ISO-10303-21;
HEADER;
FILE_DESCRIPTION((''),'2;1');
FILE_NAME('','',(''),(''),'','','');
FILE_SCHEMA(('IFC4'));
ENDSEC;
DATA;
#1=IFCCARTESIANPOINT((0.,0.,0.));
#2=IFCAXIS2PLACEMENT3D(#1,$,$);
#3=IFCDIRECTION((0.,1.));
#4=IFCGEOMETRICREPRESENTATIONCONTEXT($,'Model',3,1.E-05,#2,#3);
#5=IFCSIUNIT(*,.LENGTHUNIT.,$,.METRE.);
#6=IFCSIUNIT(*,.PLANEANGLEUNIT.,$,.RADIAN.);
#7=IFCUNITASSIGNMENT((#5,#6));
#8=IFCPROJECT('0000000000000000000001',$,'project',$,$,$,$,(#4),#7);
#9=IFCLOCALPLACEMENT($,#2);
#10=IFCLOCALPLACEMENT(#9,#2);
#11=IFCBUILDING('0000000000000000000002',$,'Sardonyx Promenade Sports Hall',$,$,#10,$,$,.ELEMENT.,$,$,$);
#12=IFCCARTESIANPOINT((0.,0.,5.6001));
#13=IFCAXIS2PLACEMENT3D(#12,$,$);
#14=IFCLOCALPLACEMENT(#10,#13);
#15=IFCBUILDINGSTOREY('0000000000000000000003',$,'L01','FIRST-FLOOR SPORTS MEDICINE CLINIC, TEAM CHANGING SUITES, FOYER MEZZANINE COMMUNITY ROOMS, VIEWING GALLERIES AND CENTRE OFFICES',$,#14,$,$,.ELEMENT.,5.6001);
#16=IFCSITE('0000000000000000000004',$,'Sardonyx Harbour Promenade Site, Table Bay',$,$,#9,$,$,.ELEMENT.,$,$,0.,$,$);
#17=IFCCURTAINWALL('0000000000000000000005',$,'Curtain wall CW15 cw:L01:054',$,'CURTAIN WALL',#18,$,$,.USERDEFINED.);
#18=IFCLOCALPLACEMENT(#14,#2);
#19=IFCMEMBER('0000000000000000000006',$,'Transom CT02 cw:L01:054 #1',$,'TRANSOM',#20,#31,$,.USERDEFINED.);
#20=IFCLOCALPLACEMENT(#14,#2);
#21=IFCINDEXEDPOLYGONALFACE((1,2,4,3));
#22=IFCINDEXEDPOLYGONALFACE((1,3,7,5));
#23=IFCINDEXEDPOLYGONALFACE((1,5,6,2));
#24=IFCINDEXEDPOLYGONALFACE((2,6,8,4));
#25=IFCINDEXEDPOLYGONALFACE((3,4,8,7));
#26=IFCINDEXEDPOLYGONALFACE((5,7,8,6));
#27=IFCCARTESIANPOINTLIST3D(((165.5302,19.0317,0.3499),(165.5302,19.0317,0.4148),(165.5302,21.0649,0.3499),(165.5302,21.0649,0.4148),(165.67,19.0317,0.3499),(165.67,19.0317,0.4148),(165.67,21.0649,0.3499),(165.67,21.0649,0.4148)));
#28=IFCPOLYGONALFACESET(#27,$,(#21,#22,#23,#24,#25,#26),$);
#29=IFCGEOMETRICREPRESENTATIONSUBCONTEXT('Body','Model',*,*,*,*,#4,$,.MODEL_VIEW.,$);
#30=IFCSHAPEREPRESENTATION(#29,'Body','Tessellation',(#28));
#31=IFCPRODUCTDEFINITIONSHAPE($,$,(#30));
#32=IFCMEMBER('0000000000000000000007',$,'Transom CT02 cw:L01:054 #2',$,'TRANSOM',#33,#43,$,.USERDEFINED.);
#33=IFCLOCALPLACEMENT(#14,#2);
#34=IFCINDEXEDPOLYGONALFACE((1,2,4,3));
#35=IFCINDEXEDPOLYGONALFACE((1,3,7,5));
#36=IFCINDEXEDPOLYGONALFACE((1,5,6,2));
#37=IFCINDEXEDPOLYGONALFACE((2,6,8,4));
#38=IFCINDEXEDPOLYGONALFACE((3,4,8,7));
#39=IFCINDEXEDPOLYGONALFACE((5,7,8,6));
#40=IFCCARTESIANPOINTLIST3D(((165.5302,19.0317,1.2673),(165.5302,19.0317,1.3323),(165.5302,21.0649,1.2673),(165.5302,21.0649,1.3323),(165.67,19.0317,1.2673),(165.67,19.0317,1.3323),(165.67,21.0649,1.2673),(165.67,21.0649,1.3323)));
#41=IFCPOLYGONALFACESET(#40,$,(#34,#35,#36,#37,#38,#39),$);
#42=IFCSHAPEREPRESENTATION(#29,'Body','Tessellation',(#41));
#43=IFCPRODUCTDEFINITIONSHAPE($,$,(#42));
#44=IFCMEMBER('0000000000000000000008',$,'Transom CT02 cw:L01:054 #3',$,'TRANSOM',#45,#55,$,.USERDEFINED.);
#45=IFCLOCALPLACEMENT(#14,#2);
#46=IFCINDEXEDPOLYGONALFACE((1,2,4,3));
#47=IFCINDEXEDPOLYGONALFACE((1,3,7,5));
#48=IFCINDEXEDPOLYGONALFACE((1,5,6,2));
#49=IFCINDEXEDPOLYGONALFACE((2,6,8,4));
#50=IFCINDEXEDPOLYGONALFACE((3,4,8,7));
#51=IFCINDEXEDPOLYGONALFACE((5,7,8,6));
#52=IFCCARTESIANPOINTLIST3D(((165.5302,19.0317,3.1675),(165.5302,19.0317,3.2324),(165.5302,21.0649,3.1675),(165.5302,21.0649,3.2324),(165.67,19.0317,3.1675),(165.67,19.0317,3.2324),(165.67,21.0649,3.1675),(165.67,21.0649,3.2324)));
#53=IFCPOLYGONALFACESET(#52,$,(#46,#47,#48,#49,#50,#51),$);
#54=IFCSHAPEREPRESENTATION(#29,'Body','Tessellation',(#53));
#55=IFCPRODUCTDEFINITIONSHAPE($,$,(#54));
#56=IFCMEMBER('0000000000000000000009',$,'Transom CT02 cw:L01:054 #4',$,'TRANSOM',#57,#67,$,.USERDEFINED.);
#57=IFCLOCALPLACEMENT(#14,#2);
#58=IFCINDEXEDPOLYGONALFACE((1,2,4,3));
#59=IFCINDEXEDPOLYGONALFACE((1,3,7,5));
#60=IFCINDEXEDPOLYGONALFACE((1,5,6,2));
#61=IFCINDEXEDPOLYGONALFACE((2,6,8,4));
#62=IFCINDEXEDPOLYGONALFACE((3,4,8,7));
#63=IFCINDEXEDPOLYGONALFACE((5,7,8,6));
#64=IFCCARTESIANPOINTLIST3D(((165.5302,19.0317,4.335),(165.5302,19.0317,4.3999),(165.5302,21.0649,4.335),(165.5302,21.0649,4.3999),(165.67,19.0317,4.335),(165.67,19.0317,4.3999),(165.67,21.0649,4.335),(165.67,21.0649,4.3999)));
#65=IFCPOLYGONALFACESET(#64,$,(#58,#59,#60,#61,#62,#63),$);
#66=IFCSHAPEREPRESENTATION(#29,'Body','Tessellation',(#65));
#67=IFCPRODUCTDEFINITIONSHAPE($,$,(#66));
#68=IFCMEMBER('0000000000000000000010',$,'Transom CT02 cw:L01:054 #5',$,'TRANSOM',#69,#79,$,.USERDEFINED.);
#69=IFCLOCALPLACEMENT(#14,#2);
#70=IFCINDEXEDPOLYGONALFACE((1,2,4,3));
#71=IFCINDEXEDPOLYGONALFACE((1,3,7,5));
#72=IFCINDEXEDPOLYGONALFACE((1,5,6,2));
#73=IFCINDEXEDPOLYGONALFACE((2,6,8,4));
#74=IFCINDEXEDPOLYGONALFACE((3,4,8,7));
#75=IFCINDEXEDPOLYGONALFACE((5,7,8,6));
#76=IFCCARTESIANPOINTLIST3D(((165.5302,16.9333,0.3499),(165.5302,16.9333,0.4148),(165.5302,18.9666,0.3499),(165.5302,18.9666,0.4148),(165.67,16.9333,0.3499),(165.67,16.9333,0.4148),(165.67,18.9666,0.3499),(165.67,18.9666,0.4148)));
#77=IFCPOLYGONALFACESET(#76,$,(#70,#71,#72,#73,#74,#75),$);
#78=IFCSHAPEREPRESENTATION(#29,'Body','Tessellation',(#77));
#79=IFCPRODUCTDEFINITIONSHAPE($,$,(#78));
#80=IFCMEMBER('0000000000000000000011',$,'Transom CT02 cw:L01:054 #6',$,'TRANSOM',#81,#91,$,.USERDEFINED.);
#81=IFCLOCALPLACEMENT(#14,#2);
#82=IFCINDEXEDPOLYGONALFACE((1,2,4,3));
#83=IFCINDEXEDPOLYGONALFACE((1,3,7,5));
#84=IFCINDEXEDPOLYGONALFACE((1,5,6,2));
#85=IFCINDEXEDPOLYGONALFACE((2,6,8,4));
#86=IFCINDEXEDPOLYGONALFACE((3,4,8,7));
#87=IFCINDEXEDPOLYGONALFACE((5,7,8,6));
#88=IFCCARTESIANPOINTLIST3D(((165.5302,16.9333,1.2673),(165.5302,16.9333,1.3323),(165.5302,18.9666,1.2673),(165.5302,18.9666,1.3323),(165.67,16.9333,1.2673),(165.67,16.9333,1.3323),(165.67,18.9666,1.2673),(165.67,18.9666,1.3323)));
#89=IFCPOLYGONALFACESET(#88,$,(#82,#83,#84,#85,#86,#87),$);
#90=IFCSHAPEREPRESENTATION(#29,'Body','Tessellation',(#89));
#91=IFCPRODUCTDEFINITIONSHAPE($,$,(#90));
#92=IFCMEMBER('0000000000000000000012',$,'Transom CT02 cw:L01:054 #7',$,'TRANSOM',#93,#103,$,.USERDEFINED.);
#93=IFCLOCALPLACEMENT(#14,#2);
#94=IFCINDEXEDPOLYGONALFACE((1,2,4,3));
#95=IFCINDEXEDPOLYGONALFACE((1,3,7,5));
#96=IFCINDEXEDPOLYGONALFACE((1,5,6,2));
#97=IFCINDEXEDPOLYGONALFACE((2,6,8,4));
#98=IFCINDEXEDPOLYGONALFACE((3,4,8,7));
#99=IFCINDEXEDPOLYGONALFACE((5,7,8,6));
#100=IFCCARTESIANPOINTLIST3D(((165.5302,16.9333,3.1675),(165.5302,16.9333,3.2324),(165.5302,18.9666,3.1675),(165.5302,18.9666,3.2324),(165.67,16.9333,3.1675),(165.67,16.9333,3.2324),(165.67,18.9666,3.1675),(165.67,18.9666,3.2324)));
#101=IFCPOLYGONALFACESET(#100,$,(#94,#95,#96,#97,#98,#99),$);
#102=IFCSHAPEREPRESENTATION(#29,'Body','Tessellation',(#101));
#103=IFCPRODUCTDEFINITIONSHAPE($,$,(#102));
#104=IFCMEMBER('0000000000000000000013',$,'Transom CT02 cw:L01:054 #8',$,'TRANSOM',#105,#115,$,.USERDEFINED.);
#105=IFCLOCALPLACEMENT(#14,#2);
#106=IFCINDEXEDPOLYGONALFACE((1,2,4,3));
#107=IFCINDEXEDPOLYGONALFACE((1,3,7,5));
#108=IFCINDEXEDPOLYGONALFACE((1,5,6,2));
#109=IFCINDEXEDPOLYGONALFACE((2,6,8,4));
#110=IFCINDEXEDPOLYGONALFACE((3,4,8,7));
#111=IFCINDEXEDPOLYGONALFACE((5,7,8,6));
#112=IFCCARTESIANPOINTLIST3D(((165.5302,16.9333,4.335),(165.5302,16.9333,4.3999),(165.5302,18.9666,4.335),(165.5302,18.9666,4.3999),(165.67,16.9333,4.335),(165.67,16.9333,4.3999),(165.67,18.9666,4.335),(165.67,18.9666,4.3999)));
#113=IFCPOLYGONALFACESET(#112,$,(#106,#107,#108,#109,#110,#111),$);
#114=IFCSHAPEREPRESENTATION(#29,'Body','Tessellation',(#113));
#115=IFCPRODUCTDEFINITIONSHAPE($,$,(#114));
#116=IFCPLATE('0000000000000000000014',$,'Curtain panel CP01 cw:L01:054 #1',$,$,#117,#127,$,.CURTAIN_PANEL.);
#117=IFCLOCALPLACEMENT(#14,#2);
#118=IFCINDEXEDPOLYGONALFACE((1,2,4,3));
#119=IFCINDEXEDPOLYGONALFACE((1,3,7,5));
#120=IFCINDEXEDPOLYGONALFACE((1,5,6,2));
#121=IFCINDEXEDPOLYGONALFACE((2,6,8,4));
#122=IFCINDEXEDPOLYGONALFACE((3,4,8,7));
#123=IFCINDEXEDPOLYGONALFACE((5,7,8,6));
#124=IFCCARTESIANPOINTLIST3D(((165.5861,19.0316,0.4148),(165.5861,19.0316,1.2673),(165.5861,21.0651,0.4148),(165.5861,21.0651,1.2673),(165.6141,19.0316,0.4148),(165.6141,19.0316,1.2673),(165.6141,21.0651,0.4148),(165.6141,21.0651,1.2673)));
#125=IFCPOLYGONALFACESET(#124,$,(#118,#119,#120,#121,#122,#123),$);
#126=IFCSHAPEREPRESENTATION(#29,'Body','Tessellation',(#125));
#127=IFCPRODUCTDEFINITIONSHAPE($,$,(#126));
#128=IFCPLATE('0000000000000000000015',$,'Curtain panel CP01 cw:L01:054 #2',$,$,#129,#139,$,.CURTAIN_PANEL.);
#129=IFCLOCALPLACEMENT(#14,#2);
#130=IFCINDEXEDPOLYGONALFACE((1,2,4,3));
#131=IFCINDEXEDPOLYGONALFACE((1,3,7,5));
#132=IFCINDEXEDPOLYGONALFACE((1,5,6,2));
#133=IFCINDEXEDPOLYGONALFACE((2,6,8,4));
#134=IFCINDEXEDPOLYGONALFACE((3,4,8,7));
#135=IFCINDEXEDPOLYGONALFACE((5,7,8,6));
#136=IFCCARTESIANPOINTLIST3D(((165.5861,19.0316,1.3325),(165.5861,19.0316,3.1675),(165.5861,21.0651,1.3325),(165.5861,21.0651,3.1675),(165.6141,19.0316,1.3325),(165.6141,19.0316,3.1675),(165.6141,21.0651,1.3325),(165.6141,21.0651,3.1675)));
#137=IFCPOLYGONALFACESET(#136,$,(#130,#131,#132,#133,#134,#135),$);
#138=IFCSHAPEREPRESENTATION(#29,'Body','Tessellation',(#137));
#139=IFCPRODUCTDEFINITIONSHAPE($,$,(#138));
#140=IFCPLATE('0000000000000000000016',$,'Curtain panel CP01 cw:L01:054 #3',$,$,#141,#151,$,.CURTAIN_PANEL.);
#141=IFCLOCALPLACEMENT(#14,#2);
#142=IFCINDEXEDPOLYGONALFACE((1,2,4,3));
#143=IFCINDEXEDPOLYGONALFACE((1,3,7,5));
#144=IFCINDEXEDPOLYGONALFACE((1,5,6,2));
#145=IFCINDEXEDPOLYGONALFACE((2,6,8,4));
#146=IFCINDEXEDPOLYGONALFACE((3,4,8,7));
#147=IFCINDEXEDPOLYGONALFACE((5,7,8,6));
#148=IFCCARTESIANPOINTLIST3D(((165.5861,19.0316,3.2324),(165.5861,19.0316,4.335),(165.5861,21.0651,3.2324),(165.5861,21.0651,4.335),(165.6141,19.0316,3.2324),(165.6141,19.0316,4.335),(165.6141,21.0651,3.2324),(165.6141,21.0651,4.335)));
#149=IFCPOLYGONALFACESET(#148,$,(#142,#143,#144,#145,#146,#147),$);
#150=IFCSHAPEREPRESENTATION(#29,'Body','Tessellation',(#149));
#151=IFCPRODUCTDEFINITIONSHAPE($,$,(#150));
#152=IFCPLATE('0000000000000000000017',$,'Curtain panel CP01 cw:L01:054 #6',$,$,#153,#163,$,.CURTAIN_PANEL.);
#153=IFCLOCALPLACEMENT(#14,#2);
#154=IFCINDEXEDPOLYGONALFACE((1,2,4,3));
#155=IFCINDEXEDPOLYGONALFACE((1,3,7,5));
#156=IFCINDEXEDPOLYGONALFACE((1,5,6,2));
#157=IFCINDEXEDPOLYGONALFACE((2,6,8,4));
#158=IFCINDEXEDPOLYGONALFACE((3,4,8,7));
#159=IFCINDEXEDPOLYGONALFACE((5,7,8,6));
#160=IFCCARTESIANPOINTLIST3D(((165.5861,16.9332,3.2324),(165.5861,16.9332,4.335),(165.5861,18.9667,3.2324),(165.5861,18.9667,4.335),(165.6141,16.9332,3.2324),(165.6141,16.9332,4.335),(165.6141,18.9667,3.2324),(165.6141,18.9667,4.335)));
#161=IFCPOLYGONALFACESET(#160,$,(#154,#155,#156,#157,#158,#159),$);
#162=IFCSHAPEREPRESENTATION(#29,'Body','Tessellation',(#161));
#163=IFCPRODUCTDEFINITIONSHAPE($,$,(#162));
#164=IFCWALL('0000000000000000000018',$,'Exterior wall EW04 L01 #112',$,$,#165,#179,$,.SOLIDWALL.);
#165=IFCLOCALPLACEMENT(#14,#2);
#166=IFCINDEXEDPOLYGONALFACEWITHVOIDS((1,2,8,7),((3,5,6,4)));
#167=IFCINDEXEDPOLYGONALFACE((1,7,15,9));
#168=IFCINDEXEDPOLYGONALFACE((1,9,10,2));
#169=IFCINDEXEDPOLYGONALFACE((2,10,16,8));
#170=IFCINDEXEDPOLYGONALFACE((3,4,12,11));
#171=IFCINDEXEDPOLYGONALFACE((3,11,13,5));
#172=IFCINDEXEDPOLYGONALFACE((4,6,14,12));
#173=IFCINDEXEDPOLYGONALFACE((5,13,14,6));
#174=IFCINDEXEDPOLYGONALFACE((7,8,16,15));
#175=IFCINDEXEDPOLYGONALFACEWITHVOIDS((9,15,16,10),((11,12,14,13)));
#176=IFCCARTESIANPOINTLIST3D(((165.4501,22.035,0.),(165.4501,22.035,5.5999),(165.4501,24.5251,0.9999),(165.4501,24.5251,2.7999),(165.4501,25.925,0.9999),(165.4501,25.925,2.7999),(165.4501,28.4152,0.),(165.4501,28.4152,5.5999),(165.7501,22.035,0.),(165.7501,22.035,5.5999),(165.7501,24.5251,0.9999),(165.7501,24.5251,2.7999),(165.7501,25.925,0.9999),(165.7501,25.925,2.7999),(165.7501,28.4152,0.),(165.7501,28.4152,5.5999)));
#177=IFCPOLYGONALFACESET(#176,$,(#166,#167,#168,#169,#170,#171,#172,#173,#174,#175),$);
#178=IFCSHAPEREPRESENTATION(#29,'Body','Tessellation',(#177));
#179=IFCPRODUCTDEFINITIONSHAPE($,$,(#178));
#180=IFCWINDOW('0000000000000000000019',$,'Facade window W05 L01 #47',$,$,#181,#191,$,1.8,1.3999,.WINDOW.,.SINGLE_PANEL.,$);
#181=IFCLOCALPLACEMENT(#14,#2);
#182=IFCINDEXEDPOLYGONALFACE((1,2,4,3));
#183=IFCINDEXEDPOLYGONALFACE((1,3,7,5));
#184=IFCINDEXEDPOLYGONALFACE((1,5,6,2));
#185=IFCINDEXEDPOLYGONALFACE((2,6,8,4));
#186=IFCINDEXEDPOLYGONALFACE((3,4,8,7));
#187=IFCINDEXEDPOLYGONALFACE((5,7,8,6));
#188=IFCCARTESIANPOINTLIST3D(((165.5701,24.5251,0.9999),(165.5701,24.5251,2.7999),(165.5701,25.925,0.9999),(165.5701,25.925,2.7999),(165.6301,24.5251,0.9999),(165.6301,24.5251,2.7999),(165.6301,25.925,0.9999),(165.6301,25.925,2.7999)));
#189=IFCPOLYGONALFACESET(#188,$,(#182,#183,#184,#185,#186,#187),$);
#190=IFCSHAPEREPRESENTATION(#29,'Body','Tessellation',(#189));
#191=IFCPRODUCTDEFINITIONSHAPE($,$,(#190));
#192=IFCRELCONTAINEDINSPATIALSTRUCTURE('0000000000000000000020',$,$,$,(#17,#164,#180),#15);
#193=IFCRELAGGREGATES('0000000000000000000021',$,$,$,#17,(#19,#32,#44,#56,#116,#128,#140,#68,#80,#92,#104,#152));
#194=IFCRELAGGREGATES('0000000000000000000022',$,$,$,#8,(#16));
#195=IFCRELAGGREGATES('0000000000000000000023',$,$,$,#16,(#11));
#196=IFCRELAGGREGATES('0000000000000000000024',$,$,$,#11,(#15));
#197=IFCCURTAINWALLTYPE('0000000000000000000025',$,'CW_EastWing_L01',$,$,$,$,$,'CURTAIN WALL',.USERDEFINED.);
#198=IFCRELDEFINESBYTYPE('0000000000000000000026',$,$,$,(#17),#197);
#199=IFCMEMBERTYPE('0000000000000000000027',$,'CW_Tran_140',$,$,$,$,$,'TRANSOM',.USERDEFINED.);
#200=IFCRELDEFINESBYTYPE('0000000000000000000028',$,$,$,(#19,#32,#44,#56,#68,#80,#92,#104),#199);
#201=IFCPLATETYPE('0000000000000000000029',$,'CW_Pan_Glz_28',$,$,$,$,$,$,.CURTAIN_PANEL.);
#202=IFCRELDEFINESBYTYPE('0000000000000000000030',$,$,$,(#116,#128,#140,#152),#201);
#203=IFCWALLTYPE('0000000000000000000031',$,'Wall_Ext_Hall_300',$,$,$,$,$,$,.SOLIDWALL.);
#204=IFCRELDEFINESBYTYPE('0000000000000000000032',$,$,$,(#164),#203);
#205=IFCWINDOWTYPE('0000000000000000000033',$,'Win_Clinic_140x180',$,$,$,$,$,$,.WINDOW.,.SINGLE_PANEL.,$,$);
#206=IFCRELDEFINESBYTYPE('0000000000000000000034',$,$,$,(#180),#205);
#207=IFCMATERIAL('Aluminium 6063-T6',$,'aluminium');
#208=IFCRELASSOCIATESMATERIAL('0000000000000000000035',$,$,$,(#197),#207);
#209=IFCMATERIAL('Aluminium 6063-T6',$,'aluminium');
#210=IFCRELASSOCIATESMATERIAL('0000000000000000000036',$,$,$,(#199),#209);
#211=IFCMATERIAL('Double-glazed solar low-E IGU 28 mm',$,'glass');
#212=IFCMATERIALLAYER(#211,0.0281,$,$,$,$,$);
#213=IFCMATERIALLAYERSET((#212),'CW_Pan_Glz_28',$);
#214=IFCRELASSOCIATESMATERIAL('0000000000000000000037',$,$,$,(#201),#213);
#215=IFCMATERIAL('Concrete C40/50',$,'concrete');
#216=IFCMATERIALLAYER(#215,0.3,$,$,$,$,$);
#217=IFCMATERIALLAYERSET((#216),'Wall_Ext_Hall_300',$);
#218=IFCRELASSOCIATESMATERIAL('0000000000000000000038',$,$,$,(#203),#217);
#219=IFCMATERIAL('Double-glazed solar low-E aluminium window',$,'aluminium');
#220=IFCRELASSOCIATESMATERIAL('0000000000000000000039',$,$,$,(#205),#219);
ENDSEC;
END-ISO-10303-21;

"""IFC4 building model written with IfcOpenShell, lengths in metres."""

from ifc_helpers import new_model, si_unit, direction, frame, frame_2d, origin, origin_2d, place, context, subcontext, project, spatial, rectangle, extrude, material, layer, layer_set, material_profile, profile_set, type_object, element, fill, aggregate, save


model = new_model("IFC4")

# Units and contexts
model_context = context("Model", 3, precision=1e-05, world=origin(), true_north=direction((0.0, 1.0)))
body_context = subcontext(model_context, "Body", "Model", "MODEL_VIEW")
ifc_project = project(units=[si_unit("LENGTHUNIT", "METRE"), si_unit("PLANEANGLEUNIT", "RADIAN")], contexts=[model_context])

# Site, building, storey
site_placement = place(None, origin())
site = spatial("IfcSite", under=ifc_project, at=site_placement, Name="Sardonyx Harbour Promenade Site, Table Bay", CompositionType="ELEMENT", RefElevation=0.0)
building_placement = place(site_placement, origin())
building = spatial("IfcBuilding", under=site, at=building_placement, Name="Sardonyx Promenade Sports Hall", CompositionType="ELEMENT")
storey_placement = place(building_placement, frame((0.0, 0.0, 5.6001)))
storey = spatial("IfcBuildingStorey", under=building, at=storey_placement, Name="L01", Description="FIRST-FLOOR SPORTS MEDICINE CLINIC, TEAM CHANGING SUITES, FOYER MEZZANINE COMMUNITY ROOMS, VIEWING GALLERIES AND CENTRE OFFICES", CompositionType="ELEMENT", Elevation=5.6001)

# Curtain wall, members, plates
ifc_material_1 = material(Name="Aluminium 6063-T6", Category="aluminium")
curtain_wall_type = type_object("IfcCurtainWallType", Name="CW_EastWing_L01", ElementType="CURTAIN WALL", PredefinedType="USERDEFINED", material=ifc_material_1)
curtain_wall_placement = place(storey_placement, origin())
curtain_wall = element("IfcCurtainWall", 1, at=curtain_wall_placement, inside=storey, type_object=curtain_wall_type, Name="Curtain wall CW15 cw:L01:054", ObjectType="CURTAIN WALL", PredefinedType="USERDEFINED")
ifc_material_2 = material(Name="Aluminium 6063-T6", Category="aluminium")
ifc_material_profile_1 = material_profile(ifc_material_2, rectangle(XDim=0.0649, YDim=0.1399, at=origin_2d()))
ifc_profile_set_1 = profile_set([ifc_material_profile_1], Name="Aluminium 6063-T6")
member_type_1 = type_object("IfcMemberType", Name="CW_Tran_140", ElementType="TRANSOM", PredefinedType="USERDEFINED", material=ifc_profile_set_1)
member_1_placement = place(storey_placement, frame((165.6001, 21.0649, 0.3823), z_axis=(0.0, -1.0, 0.0), x_axis=(0.0, 0.0, 1.0)))
member_1 = element("IfcMember", 2, at=member_1_placement, type_object=member_type_1, Name="Transom CT02 cw:L01:054 #1", ObjectType="TRANSOM", PredefinedType="USERDEFINED", context=body_context, shape_type="SweptSolid", body=[
    extrude(rectangle(XDim=0.0649, YDim=0.1399, at=origin_2d()), origin(), (0.0, 0.0, 1.0), 2.0332),
])
member_2_placement = place(storey_placement, frame((165.6001, 21.0649, 1.2998), z_axis=(0.0, -1.0, 0.0), x_axis=(0.0, 0.0, 1.0)))
member_2 = element("IfcMember", 3, at=member_2_placement, type_object=member_type_1, Name="Transom CT02 cw:L01:054 #2", ObjectType="TRANSOM", PredefinedType="USERDEFINED", context=body_context, shape_type="SweptSolid", body=[
    extrude(rectangle(XDim=0.0649, YDim=0.1399, at=origin_2d()), origin(), (0.0, 0.0, 1.0), 2.0332),
])
member_3_placement = place(storey_placement, frame((165.6001, 21.0649, 3.2), z_axis=(0.0, -1.0, 0.0), x_axis=(0.0, 0.0, 1.0)))
member_3 = element("IfcMember", 4, at=member_3_placement, type_object=member_type_1, Name="Transom CT02 cw:L01:054 #3", ObjectType="TRANSOM", PredefinedType="USERDEFINED", context=body_context, shape_type="SweptSolid", body=[
    extrude(rectangle(XDim=0.0649, YDim=0.1399, at=origin_2d()), origin(), (0.0, 0.0, 1.0), 2.0332),
])
member_4_placement = place(storey_placement, frame((165.6001, 21.0649, 4.3674), z_axis=(0.0, -1.0, 0.0), x_axis=(0.0, 0.0, 1.0)))
member_4 = element("IfcMember", 5, at=member_4_placement, type_object=member_type_1, Name="Transom CT02 cw:L01:054 #4", ObjectType="TRANSOM", PredefinedType="USERDEFINED", context=body_context, shape_type="SweptSolid", body=[
    extrude(rectangle(XDim=0.0649, YDim=0.1399, at=origin_2d()), origin(), (0.0, 0.0, 1.0), 2.0332),
])
member_5_placement = place(storey_placement, frame((165.6001, 18.9666, 0.3823), z_axis=(0.0, -1.0, 0.0), x_axis=(0.0, 0.0, 1.0)))
member_5 = element("IfcMember", 6, at=member_5_placement, type_object=member_type_1, Name="Transom CT02 cw:L01:054 #5", ObjectType="TRANSOM", PredefinedType="USERDEFINED", context=body_context, shape_type="SweptSolid", body=[
    extrude(rectangle(XDim=0.0649, YDim=0.1399, at=origin_2d()), origin(), (0.0, 0.0, 1.0), 2.0332),
])
member_6_placement = place(storey_placement, frame((165.6001, 18.9666, 1.2998), z_axis=(0.0, -1.0, 0.0), x_axis=(0.0, 0.0, 1.0)))
member_6 = element("IfcMember", 7, at=member_6_placement, type_object=member_type_1, Name="Transom CT02 cw:L01:054 #6", ObjectType="TRANSOM", PredefinedType="USERDEFINED", context=body_context, shape_type="SweptSolid", body=[
    extrude(rectangle(XDim=0.0649, YDim=0.1399, at=origin_2d()), origin(), (0.0, 0.0, 1.0), 2.0332),
])
member_7_placement = place(storey_placement, frame((165.6001, 18.9666, 3.2), z_axis=(0.0, -1.0, 0.0), x_axis=(0.0, 0.0, 1.0)))
member_7 = element("IfcMember", 8, at=member_7_placement, type_object=member_type_1, Name="Transom CT02 cw:L01:054 #7", ObjectType="TRANSOM", PredefinedType="USERDEFINED", context=body_context, shape_type="SweptSolid", body=[
    extrude(rectangle(XDim=0.0649, YDim=0.1399, at=origin_2d()), origin(), (0.0, 0.0, 1.0), 2.0332),
])
member_8_placement = place(storey_placement, frame((165.6001, 18.9666, 4.3674), z_axis=(0.0, -1.0, 0.0), x_axis=(0.0, 0.0, 1.0)))
member_8 = element("IfcMember", 9, at=member_8_placement, type_object=member_type_1, Name="Transom CT02 cw:L01:054 #8", ObjectType="TRANSOM", PredefinedType="USERDEFINED", context=body_context, shape_type="SweptSolid", body=[
    extrude(rectangle(XDim=0.0649, YDim=0.1399, at=origin_2d()), origin(), (0.0, 0.0, 1.0), 2.0332),
])
ifc_material_3 = material(Name="Double-glazed solar low-E IGU 28 mm", Category="glass")
ifc_layer_1 = layer(ifc_material_3, 0.0281)
ifc_layer_set_1 = layer_set([ifc_layer_1], Name="CW_Pan_Glz_28")
plate_type = type_object("IfcPlateType", Name="CW_Pan_Glz_28", PredefinedType="CURTAIN_PANEL", material=ifc_layer_set_1)
plate_1_placement = place(storey_placement, frame((165.6001, 20.0483, 0.4148), z_axis=(0.0, 0.0, 1.0), x_axis=(0.0, -1.0, 0.0)))
plate_1 = element("IfcPlate", 10, at=plate_1_placement, type_object=plate_type, Name="Curtain panel CP01 cw:L01:054 #1", PredefinedType="CURTAIN_PANEL", context=body_context, shape_type="SweptSolid", body=[
    extrude(rectangle(XDim=2.0334, YDim=0.0281, at=origin_2d()), origin(), (0.0, 0.0, 1.0), 0.8525),
])
plate_2_placement = place(storey_placement, frame((165.6001, 20.0483, 1.3325), z_axis=(0.0, 0.0, 1.0), x_axis=(0.0, -1.0, 0.0)))
plate_2 = element("IfcPlate", 11, at=plate_2_placement, type_object=plate_type, Name="Curtain panel CP01 cw:L01:054 #2", PredefinedType="CURTAIN_PANEL", context=body_context, shape_type="SweptSolid", body=[
    extrude(rectangle(XDim=2.0334, YDim=0.0281, at=origin_2d()), origin(), (0.0, 0.0, 1.0), 1.835),
])
plate_3_placement = place(storey_placement, frame((165.6001, 20.0483, 3.2324), z_axis=(0.0, 0.0, 1.0), x_axis=(0.0, -1.0, 0.0)))
plate_3 = element("IfcPlate", 12, at=plate_3_placement, type_object=plate_type, Name="Curtain panel CP01 cw:L01:054 #3", PredefinedType="CURTAIN_PANEL", context=body_context, shape_type="SweptSolid", body=[
    extrude(rectangle(XDim=2.0334, YDim=0.0281, at=origin_2d()), origin(), (0.0, 0.0, 1.0), 1.1025),
])
plate_4_placement = place(storey_placement, frame((165.6001, 17.95, 3.2324), z_axis=(0.0, 0.0, 1.0), x_axis=(0.0, -1.0, 0.0)))
plate_4 = element("IfcPlate", 13, at=plate_4_placement, type_object=plate_type, Name="Curtain panel CP01 cw:L01:054 #6", PredefinedType="CURTAIN_PANEL", context=body_context, shape_type="SweptSolid", body=[
    extrude(rectangle(XDim=2.0334, YDim=0.0281, at=origin_2d()), origin(), (0.0, 0.0, 1.0), 1.1025),
])
aggregate(curtain_wall, [member_1, member_2, member_3, member_4, plate_1, plate_2, plate_3, member_5, member_6, member_7, member_8, plate_4])

# Wall, opening, window
ifc_material_4 = material(Name="Concrete C40/50", Category="concrete")
ifc_layer_2 = layer(ifc_material_4, 0.3)
ifc_layer_set_2 = layer_set([ifc_layer_2], Name="Wall_Ext_Hall_300")
wall_type_1 = type_object("IfcWallType", Name="Wall_Ext_Hall_300", PredefinedType="SOLIDWALL", material=ifc_layer_set_2)
wall_1_placement = place(storey_placement, frame((165.6001, 28.415, 0.0), z_axis=(0.0, 0.0, 1.0), x_axis=(0.0, -1.0, 0.0)))
wall_1 = element("IfcWall", 14, at=wall_1_placement, inside=storey, type_object=wall_type_1, Name="Exterior wall EW04 L01 #112", PredefinedType="SOLIDWALL", context=body_context, shape_type="SweptSolid", body=[
    extrude(rectangle(XDim=6.3801, YDim=0.3, at=frame_2d((3.1899, 0.0))), origin(), (0.0, 0.0, 1.0), 5.5999),
])
opening_placement = place(wall_1_placement, frame((2.49, 0.0, 1.0)))
opening = element("IfcOpeningElement", 15, at=opening_placement, cuts=wall_1, PredefinedType="OPENING", context=body_context, shape_type="SweptSolid", body=[
    extrude(rectangle(XDim=1.3999, YDim=1.8, at=frame_2d((0.7, 0.8999))), frame((0.0, 0.16, 0.0), z_axis=(0.0, -1.0, 0.0), x_axis=(1.0, 0.0, 0.0)), (0.0, 0.0, 1.0), 0.32),
])
ifc_material_5 = material(Name="Double-glazed solar low-E aluminium window", Category="aluminium")
window_type = type_object("IfcWindowType", Name="Win_Clinic_140x180", PartitioningType="SINGLE_PANEL", PredefinedType="WINDOW", material=ifc_material_5)
window_placement = place(opening_placement, origin())
window = element("IfcWindow", 16, at=window_placement, inside=storey, type_object=window_type, Name="Facade window W05 L01 #47", OverallHeight=1.8, OverallWidth=1.3999, PartitioningType="SINGLE_PANEL", PredefinedType="WINDOW", context=body_context, shape_type="SweptSolid", body=[
    extrude(rectangle(XDim=1.3999, YDim=1.8, at=frame_2d((0.7, 0.8999))), frame((0.0, 0.03, 0.0), z_axis=(0.0, -1.0, 0.0), x_axis=(1.0, 0.0, 0.0)), (0.0, 0.0, 1.0), 0.0601),
])
fill(opening, window)

save(model, "model.ifc")
